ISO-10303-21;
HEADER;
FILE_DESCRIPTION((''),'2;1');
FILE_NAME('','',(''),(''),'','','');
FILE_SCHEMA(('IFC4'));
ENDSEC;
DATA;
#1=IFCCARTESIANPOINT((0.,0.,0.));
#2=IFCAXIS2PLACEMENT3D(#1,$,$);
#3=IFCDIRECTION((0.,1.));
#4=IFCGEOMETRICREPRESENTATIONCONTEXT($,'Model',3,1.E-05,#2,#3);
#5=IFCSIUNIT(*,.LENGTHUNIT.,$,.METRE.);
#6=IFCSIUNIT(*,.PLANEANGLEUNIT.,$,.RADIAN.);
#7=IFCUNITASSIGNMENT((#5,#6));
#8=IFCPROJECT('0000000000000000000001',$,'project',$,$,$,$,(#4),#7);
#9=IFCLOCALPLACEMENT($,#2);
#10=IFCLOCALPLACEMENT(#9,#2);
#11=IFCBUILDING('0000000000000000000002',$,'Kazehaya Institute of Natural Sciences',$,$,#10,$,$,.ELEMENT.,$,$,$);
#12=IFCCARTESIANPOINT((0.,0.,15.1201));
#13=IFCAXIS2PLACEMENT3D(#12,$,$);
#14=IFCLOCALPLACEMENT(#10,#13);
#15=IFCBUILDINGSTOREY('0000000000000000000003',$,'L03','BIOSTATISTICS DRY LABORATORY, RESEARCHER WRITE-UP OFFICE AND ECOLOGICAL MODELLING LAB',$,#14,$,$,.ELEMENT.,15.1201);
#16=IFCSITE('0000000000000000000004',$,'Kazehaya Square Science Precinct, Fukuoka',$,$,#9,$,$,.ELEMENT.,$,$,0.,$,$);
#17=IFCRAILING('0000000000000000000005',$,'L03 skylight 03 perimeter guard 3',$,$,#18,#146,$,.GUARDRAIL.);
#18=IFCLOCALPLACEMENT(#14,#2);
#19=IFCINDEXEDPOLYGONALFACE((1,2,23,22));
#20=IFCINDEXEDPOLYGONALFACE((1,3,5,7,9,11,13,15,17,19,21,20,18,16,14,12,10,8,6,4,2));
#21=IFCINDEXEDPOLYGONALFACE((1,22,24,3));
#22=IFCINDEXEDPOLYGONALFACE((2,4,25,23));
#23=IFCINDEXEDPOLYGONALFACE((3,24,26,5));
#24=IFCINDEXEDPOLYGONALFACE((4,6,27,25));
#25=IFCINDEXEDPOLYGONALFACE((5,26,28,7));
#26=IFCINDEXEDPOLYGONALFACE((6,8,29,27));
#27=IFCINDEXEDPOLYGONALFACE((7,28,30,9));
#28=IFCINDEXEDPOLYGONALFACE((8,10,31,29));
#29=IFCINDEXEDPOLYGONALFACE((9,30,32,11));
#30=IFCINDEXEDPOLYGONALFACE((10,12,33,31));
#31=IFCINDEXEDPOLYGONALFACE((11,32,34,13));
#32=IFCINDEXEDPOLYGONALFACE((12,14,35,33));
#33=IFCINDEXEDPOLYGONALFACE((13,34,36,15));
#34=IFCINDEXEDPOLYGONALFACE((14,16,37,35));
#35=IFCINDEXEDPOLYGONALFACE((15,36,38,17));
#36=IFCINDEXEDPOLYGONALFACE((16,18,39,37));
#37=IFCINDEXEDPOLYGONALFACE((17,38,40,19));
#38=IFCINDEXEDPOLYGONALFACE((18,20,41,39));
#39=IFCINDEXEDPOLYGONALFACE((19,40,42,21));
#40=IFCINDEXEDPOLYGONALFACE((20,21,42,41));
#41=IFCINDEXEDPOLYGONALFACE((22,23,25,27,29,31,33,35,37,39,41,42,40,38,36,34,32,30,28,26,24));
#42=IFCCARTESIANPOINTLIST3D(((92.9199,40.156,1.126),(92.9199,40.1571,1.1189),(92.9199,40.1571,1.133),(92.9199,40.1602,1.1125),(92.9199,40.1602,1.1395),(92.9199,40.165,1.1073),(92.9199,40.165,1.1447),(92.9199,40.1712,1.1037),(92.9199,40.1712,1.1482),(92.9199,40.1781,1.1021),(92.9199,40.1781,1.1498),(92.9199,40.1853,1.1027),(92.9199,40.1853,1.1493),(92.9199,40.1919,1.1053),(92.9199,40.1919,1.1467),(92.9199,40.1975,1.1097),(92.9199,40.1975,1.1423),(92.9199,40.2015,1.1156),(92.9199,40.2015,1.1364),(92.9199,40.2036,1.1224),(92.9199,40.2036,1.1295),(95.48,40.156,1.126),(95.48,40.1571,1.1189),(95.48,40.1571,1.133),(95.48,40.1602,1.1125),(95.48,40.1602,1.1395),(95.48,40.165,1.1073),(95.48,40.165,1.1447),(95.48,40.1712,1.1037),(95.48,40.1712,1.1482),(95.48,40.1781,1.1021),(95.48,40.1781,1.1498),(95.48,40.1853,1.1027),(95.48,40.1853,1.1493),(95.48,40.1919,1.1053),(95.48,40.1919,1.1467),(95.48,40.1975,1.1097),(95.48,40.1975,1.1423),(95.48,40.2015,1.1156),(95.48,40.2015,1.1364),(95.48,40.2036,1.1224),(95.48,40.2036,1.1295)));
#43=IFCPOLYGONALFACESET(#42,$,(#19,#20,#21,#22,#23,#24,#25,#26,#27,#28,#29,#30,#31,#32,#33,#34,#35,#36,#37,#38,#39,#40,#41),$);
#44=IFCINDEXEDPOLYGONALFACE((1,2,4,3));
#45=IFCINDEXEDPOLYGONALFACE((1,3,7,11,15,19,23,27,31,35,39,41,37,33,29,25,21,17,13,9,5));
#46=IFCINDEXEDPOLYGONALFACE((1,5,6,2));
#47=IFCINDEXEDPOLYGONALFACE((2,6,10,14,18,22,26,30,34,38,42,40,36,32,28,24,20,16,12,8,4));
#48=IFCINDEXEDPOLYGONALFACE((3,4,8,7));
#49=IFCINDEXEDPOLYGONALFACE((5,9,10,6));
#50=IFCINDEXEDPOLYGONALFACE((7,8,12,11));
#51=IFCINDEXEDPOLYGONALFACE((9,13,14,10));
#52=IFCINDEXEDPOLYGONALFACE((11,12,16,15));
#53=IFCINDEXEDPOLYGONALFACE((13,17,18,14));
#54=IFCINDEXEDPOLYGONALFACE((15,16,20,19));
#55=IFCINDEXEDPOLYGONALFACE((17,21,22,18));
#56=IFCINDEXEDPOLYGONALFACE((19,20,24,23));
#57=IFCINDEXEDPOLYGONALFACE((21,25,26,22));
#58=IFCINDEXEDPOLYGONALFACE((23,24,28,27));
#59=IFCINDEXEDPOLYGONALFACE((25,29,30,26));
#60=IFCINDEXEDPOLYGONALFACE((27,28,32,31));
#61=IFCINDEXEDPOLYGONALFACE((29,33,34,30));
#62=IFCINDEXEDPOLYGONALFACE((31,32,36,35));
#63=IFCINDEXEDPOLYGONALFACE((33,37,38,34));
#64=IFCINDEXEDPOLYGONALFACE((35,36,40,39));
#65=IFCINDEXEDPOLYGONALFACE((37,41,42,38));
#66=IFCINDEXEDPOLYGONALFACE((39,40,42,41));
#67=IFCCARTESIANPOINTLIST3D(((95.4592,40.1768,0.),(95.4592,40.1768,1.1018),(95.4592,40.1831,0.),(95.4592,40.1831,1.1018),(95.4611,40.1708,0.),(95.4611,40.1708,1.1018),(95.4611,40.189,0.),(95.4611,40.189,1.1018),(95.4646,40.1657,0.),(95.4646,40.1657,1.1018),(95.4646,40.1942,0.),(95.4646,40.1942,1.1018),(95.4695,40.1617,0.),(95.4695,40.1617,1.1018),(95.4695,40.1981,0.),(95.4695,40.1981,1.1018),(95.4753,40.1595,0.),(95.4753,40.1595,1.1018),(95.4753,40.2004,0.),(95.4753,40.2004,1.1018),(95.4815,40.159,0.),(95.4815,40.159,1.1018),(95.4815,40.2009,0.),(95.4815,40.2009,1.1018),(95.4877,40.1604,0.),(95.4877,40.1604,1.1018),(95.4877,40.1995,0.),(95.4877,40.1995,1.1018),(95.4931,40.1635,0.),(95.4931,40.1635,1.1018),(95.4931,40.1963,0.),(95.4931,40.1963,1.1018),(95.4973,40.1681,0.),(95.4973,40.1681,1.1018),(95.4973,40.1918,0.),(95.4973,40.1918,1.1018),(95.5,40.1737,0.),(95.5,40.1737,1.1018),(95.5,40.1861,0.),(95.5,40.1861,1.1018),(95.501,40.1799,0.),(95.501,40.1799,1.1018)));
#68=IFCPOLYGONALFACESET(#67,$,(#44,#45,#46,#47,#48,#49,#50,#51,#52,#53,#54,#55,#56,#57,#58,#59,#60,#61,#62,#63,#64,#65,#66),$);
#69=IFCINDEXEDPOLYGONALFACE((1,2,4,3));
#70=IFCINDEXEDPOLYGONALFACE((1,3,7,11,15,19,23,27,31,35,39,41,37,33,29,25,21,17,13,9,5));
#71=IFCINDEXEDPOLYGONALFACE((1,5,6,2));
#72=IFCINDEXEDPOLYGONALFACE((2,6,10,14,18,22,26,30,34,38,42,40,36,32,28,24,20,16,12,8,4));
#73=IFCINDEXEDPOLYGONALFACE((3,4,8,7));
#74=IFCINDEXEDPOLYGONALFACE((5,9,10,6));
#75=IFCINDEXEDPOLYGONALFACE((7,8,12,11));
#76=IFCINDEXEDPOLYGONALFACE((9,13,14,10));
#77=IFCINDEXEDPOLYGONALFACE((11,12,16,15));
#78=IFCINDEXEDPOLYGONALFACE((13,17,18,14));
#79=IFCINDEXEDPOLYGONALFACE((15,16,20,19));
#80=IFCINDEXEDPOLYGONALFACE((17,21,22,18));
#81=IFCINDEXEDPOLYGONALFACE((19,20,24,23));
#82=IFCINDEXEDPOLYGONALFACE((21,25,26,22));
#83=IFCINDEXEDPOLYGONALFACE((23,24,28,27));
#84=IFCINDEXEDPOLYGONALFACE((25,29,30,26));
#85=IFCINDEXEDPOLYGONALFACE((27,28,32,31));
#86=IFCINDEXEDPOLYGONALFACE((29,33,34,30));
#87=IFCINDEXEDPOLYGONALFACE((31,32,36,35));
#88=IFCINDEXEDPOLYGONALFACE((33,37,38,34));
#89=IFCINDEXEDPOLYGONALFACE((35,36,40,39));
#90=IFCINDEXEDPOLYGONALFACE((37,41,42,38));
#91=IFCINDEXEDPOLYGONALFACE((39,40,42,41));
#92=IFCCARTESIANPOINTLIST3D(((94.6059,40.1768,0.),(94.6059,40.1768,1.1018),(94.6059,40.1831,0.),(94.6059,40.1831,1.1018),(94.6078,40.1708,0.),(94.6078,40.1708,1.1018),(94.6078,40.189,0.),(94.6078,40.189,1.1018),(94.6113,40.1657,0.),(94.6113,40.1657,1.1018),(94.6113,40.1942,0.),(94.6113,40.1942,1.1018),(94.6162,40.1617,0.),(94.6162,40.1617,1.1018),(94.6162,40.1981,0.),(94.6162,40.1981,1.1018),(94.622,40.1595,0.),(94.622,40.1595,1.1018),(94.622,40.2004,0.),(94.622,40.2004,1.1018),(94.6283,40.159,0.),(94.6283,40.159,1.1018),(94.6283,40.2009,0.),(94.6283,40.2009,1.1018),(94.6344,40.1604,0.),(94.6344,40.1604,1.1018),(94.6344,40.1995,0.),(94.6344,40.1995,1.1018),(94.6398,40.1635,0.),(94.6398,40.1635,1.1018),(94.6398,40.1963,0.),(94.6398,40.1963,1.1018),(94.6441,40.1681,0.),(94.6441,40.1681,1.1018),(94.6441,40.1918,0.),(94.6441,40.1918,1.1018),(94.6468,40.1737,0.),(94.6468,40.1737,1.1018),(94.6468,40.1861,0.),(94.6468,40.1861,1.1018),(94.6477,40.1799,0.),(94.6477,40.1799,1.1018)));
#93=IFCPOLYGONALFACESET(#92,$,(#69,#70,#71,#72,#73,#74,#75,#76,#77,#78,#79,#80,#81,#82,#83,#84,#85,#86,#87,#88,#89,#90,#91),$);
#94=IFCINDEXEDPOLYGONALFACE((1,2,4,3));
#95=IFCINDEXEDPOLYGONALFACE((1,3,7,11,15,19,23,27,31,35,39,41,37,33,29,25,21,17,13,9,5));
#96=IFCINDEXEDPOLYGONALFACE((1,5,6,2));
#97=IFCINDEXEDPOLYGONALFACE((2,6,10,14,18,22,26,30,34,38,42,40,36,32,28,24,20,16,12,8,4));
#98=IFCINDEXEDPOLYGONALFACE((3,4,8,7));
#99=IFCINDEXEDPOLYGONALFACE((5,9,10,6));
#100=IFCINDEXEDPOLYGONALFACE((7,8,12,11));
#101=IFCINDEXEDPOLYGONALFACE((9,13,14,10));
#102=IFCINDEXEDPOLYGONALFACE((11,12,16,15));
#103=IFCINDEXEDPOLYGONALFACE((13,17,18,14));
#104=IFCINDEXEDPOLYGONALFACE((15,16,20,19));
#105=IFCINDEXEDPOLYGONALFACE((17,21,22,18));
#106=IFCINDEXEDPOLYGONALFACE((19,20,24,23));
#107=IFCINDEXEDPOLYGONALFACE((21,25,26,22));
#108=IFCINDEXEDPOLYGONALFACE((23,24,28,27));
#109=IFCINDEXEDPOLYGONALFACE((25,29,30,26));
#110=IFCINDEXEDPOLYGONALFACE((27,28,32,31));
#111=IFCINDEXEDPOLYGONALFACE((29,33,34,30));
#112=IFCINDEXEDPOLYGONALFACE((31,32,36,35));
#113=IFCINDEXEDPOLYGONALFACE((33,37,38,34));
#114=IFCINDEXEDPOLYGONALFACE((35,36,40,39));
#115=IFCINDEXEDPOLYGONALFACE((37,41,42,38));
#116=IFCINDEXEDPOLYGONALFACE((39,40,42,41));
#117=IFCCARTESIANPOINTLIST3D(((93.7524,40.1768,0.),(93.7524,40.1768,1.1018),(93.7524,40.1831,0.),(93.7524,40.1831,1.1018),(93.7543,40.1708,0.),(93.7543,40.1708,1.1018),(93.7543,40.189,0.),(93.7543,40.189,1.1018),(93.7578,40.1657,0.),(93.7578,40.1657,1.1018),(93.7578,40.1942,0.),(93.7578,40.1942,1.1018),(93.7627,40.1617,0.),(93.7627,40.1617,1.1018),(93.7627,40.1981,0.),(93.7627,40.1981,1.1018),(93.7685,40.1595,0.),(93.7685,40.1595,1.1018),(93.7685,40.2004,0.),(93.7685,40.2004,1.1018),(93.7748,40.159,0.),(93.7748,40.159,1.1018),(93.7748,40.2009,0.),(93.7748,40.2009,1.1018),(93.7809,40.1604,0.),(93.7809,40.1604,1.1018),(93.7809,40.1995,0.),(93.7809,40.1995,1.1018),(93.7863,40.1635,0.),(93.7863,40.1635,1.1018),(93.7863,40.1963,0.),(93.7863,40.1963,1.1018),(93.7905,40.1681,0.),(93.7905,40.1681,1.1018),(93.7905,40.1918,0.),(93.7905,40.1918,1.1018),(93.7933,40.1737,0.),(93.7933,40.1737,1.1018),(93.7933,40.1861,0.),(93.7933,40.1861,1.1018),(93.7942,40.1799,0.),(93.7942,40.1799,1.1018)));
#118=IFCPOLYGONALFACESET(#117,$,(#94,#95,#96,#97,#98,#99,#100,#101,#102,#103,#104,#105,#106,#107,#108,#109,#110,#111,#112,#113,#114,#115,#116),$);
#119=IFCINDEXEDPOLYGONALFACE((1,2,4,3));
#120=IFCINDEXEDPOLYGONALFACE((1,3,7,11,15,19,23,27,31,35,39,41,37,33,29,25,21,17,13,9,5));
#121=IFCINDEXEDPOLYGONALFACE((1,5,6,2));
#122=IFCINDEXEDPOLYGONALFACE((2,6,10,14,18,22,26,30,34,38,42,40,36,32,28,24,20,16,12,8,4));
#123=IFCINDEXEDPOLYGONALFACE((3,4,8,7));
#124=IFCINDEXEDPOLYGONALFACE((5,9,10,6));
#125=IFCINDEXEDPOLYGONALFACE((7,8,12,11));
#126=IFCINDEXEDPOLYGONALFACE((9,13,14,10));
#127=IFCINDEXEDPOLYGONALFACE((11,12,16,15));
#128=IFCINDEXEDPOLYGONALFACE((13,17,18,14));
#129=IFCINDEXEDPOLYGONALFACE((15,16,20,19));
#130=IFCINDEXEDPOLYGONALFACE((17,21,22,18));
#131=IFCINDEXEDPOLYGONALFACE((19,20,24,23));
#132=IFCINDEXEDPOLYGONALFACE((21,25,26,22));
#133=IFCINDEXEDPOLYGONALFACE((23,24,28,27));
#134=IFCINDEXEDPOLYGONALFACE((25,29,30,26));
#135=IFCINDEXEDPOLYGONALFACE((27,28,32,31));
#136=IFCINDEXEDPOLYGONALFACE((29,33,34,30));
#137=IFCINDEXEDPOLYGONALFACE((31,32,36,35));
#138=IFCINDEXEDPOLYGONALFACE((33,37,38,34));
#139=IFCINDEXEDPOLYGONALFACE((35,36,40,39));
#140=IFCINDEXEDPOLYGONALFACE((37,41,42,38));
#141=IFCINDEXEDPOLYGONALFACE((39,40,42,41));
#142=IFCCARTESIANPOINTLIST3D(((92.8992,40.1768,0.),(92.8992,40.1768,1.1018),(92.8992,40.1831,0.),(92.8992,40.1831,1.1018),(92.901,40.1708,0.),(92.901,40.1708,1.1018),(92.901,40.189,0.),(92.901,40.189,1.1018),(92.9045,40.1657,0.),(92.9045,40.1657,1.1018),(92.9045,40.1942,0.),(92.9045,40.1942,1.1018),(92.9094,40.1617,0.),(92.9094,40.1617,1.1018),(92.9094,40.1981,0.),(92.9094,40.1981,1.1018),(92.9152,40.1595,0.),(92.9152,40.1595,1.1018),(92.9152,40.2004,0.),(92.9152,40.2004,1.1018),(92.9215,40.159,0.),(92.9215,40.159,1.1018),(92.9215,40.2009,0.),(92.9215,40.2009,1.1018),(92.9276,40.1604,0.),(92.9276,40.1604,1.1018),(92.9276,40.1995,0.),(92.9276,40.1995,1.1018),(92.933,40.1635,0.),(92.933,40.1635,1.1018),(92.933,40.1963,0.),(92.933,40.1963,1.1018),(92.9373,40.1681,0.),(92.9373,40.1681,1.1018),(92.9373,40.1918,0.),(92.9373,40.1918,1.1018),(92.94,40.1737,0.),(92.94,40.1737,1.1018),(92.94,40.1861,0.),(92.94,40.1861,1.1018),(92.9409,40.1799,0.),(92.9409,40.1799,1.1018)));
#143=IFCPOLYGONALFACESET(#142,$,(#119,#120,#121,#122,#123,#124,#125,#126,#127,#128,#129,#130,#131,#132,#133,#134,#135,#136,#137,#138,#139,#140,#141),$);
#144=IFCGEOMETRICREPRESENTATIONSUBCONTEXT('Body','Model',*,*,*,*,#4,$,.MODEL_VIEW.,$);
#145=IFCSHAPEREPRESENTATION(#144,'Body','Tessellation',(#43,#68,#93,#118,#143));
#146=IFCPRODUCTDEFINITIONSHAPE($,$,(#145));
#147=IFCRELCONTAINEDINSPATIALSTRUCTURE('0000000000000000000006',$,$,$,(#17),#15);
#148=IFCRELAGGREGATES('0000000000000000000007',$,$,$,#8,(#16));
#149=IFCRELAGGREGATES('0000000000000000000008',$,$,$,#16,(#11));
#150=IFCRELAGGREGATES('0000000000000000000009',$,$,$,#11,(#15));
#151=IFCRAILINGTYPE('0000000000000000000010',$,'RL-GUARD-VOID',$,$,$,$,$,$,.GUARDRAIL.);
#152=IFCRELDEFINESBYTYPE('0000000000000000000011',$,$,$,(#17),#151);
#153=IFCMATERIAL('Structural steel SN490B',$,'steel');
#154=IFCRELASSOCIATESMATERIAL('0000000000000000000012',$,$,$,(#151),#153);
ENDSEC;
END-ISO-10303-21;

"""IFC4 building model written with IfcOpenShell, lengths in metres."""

from ifc_helpers import new_model, si_unit, direction, frame, origin, origin_2d, place, context, subcontext, project, spatial, circle, extrude, material, type_object, element, save


model = new_model("IFC4")

# Units and contexts
model_context = context("Model", 3, precision=1e-05, world=origin(), true_north=direction((0.0, 1.0)))
body_context = subcontext(model_context, "Body", "Model", "MODEL_VIEW")
ifc_project = project(units=[si_unit("LENGTHUNIT", "METRE"), si_unit("PLANEANGLEUNIT", "RADIAN")], contexts=[model_context])

# Site, building, storey
site_placement = place(None, origin())
site = spatial("IfcSite", under=ifc_project, at=site_placement, Name="Kazehaya Square Science Precinct, Fukuoka", CompositionType="ELEMENT", RefElevation=0.0)
building_placement = place(site_placement, origin())
building = spatial("IfcBuilding", under=site, at=building_placement, Name="Kazehaya Institute of Natural Sciences", CompositionType="ELEMENT")
storey_placement = place(building_placement, frame((0.0, 0.0, 15.1201)))
storey = spatial("IfcBuildingStorey", under=building, at=storey_placement, Name="L03", Description="BIOSTATISTICS DRY LABORATORY, RESEARCHER WRITE-UP OFFICE AND ECOLOGICAL MODELLING LAB", CompositionType="ELEMENT", Elevation=15.1201)

# Railing
ifc_material_1 = material(Name="Structural steel SN490B", Category="steel")
railing_type = type_object("IfcRailingType", Name="RL-GUARD-VOID", PredefinedType="GUARDRAIL", material=ifc_material_1)
railing_1_placement = place(storey_placement, frame((95.48, 40.1799, 0.0)))
element("IfcRailing", 1, at=railing_1_placement, inside=storey, type_object=railing_type, Name="L03 skylight 03 perimeter guard 3", PredefinedType="GUARDRAIL", context=body_context, shape_type="SweptSolid", body=[
    extrude(circle(Radius=0.0239, at=origin_2d()), frame((0.0, 0.0, 1.126), z_axis=(-1.0, 0.0, 0.0), x_axis=(0.0, -1.0, 0.0)), (0.0, 0.0, 1.0), 2.5601),
    extrude(circle(Radius=0.021, at=origin_2d()), origin(), (0.0, 0.0, 1.0), 1.1018),
    extrude(circle(Radius=0.021, at=origin_2d()), frame((-0.8533, 0.0, 0.0)), (0.0, 0.0, 1.0), 1.1018),
    extrude(circle(Radius=0.021, at=origin_2d()), frame((-1.7068, 0.0, 0.0)), (0.0, 0.0, 1.0), 1.1018),
    extrude(circle(Radius=0.021, at=origin_2d()), frame((-2.5601, 0.0, 0.0)), (0.0, 0.0, 1.0), 1.1018),
])

save(model, "model.ifc")
